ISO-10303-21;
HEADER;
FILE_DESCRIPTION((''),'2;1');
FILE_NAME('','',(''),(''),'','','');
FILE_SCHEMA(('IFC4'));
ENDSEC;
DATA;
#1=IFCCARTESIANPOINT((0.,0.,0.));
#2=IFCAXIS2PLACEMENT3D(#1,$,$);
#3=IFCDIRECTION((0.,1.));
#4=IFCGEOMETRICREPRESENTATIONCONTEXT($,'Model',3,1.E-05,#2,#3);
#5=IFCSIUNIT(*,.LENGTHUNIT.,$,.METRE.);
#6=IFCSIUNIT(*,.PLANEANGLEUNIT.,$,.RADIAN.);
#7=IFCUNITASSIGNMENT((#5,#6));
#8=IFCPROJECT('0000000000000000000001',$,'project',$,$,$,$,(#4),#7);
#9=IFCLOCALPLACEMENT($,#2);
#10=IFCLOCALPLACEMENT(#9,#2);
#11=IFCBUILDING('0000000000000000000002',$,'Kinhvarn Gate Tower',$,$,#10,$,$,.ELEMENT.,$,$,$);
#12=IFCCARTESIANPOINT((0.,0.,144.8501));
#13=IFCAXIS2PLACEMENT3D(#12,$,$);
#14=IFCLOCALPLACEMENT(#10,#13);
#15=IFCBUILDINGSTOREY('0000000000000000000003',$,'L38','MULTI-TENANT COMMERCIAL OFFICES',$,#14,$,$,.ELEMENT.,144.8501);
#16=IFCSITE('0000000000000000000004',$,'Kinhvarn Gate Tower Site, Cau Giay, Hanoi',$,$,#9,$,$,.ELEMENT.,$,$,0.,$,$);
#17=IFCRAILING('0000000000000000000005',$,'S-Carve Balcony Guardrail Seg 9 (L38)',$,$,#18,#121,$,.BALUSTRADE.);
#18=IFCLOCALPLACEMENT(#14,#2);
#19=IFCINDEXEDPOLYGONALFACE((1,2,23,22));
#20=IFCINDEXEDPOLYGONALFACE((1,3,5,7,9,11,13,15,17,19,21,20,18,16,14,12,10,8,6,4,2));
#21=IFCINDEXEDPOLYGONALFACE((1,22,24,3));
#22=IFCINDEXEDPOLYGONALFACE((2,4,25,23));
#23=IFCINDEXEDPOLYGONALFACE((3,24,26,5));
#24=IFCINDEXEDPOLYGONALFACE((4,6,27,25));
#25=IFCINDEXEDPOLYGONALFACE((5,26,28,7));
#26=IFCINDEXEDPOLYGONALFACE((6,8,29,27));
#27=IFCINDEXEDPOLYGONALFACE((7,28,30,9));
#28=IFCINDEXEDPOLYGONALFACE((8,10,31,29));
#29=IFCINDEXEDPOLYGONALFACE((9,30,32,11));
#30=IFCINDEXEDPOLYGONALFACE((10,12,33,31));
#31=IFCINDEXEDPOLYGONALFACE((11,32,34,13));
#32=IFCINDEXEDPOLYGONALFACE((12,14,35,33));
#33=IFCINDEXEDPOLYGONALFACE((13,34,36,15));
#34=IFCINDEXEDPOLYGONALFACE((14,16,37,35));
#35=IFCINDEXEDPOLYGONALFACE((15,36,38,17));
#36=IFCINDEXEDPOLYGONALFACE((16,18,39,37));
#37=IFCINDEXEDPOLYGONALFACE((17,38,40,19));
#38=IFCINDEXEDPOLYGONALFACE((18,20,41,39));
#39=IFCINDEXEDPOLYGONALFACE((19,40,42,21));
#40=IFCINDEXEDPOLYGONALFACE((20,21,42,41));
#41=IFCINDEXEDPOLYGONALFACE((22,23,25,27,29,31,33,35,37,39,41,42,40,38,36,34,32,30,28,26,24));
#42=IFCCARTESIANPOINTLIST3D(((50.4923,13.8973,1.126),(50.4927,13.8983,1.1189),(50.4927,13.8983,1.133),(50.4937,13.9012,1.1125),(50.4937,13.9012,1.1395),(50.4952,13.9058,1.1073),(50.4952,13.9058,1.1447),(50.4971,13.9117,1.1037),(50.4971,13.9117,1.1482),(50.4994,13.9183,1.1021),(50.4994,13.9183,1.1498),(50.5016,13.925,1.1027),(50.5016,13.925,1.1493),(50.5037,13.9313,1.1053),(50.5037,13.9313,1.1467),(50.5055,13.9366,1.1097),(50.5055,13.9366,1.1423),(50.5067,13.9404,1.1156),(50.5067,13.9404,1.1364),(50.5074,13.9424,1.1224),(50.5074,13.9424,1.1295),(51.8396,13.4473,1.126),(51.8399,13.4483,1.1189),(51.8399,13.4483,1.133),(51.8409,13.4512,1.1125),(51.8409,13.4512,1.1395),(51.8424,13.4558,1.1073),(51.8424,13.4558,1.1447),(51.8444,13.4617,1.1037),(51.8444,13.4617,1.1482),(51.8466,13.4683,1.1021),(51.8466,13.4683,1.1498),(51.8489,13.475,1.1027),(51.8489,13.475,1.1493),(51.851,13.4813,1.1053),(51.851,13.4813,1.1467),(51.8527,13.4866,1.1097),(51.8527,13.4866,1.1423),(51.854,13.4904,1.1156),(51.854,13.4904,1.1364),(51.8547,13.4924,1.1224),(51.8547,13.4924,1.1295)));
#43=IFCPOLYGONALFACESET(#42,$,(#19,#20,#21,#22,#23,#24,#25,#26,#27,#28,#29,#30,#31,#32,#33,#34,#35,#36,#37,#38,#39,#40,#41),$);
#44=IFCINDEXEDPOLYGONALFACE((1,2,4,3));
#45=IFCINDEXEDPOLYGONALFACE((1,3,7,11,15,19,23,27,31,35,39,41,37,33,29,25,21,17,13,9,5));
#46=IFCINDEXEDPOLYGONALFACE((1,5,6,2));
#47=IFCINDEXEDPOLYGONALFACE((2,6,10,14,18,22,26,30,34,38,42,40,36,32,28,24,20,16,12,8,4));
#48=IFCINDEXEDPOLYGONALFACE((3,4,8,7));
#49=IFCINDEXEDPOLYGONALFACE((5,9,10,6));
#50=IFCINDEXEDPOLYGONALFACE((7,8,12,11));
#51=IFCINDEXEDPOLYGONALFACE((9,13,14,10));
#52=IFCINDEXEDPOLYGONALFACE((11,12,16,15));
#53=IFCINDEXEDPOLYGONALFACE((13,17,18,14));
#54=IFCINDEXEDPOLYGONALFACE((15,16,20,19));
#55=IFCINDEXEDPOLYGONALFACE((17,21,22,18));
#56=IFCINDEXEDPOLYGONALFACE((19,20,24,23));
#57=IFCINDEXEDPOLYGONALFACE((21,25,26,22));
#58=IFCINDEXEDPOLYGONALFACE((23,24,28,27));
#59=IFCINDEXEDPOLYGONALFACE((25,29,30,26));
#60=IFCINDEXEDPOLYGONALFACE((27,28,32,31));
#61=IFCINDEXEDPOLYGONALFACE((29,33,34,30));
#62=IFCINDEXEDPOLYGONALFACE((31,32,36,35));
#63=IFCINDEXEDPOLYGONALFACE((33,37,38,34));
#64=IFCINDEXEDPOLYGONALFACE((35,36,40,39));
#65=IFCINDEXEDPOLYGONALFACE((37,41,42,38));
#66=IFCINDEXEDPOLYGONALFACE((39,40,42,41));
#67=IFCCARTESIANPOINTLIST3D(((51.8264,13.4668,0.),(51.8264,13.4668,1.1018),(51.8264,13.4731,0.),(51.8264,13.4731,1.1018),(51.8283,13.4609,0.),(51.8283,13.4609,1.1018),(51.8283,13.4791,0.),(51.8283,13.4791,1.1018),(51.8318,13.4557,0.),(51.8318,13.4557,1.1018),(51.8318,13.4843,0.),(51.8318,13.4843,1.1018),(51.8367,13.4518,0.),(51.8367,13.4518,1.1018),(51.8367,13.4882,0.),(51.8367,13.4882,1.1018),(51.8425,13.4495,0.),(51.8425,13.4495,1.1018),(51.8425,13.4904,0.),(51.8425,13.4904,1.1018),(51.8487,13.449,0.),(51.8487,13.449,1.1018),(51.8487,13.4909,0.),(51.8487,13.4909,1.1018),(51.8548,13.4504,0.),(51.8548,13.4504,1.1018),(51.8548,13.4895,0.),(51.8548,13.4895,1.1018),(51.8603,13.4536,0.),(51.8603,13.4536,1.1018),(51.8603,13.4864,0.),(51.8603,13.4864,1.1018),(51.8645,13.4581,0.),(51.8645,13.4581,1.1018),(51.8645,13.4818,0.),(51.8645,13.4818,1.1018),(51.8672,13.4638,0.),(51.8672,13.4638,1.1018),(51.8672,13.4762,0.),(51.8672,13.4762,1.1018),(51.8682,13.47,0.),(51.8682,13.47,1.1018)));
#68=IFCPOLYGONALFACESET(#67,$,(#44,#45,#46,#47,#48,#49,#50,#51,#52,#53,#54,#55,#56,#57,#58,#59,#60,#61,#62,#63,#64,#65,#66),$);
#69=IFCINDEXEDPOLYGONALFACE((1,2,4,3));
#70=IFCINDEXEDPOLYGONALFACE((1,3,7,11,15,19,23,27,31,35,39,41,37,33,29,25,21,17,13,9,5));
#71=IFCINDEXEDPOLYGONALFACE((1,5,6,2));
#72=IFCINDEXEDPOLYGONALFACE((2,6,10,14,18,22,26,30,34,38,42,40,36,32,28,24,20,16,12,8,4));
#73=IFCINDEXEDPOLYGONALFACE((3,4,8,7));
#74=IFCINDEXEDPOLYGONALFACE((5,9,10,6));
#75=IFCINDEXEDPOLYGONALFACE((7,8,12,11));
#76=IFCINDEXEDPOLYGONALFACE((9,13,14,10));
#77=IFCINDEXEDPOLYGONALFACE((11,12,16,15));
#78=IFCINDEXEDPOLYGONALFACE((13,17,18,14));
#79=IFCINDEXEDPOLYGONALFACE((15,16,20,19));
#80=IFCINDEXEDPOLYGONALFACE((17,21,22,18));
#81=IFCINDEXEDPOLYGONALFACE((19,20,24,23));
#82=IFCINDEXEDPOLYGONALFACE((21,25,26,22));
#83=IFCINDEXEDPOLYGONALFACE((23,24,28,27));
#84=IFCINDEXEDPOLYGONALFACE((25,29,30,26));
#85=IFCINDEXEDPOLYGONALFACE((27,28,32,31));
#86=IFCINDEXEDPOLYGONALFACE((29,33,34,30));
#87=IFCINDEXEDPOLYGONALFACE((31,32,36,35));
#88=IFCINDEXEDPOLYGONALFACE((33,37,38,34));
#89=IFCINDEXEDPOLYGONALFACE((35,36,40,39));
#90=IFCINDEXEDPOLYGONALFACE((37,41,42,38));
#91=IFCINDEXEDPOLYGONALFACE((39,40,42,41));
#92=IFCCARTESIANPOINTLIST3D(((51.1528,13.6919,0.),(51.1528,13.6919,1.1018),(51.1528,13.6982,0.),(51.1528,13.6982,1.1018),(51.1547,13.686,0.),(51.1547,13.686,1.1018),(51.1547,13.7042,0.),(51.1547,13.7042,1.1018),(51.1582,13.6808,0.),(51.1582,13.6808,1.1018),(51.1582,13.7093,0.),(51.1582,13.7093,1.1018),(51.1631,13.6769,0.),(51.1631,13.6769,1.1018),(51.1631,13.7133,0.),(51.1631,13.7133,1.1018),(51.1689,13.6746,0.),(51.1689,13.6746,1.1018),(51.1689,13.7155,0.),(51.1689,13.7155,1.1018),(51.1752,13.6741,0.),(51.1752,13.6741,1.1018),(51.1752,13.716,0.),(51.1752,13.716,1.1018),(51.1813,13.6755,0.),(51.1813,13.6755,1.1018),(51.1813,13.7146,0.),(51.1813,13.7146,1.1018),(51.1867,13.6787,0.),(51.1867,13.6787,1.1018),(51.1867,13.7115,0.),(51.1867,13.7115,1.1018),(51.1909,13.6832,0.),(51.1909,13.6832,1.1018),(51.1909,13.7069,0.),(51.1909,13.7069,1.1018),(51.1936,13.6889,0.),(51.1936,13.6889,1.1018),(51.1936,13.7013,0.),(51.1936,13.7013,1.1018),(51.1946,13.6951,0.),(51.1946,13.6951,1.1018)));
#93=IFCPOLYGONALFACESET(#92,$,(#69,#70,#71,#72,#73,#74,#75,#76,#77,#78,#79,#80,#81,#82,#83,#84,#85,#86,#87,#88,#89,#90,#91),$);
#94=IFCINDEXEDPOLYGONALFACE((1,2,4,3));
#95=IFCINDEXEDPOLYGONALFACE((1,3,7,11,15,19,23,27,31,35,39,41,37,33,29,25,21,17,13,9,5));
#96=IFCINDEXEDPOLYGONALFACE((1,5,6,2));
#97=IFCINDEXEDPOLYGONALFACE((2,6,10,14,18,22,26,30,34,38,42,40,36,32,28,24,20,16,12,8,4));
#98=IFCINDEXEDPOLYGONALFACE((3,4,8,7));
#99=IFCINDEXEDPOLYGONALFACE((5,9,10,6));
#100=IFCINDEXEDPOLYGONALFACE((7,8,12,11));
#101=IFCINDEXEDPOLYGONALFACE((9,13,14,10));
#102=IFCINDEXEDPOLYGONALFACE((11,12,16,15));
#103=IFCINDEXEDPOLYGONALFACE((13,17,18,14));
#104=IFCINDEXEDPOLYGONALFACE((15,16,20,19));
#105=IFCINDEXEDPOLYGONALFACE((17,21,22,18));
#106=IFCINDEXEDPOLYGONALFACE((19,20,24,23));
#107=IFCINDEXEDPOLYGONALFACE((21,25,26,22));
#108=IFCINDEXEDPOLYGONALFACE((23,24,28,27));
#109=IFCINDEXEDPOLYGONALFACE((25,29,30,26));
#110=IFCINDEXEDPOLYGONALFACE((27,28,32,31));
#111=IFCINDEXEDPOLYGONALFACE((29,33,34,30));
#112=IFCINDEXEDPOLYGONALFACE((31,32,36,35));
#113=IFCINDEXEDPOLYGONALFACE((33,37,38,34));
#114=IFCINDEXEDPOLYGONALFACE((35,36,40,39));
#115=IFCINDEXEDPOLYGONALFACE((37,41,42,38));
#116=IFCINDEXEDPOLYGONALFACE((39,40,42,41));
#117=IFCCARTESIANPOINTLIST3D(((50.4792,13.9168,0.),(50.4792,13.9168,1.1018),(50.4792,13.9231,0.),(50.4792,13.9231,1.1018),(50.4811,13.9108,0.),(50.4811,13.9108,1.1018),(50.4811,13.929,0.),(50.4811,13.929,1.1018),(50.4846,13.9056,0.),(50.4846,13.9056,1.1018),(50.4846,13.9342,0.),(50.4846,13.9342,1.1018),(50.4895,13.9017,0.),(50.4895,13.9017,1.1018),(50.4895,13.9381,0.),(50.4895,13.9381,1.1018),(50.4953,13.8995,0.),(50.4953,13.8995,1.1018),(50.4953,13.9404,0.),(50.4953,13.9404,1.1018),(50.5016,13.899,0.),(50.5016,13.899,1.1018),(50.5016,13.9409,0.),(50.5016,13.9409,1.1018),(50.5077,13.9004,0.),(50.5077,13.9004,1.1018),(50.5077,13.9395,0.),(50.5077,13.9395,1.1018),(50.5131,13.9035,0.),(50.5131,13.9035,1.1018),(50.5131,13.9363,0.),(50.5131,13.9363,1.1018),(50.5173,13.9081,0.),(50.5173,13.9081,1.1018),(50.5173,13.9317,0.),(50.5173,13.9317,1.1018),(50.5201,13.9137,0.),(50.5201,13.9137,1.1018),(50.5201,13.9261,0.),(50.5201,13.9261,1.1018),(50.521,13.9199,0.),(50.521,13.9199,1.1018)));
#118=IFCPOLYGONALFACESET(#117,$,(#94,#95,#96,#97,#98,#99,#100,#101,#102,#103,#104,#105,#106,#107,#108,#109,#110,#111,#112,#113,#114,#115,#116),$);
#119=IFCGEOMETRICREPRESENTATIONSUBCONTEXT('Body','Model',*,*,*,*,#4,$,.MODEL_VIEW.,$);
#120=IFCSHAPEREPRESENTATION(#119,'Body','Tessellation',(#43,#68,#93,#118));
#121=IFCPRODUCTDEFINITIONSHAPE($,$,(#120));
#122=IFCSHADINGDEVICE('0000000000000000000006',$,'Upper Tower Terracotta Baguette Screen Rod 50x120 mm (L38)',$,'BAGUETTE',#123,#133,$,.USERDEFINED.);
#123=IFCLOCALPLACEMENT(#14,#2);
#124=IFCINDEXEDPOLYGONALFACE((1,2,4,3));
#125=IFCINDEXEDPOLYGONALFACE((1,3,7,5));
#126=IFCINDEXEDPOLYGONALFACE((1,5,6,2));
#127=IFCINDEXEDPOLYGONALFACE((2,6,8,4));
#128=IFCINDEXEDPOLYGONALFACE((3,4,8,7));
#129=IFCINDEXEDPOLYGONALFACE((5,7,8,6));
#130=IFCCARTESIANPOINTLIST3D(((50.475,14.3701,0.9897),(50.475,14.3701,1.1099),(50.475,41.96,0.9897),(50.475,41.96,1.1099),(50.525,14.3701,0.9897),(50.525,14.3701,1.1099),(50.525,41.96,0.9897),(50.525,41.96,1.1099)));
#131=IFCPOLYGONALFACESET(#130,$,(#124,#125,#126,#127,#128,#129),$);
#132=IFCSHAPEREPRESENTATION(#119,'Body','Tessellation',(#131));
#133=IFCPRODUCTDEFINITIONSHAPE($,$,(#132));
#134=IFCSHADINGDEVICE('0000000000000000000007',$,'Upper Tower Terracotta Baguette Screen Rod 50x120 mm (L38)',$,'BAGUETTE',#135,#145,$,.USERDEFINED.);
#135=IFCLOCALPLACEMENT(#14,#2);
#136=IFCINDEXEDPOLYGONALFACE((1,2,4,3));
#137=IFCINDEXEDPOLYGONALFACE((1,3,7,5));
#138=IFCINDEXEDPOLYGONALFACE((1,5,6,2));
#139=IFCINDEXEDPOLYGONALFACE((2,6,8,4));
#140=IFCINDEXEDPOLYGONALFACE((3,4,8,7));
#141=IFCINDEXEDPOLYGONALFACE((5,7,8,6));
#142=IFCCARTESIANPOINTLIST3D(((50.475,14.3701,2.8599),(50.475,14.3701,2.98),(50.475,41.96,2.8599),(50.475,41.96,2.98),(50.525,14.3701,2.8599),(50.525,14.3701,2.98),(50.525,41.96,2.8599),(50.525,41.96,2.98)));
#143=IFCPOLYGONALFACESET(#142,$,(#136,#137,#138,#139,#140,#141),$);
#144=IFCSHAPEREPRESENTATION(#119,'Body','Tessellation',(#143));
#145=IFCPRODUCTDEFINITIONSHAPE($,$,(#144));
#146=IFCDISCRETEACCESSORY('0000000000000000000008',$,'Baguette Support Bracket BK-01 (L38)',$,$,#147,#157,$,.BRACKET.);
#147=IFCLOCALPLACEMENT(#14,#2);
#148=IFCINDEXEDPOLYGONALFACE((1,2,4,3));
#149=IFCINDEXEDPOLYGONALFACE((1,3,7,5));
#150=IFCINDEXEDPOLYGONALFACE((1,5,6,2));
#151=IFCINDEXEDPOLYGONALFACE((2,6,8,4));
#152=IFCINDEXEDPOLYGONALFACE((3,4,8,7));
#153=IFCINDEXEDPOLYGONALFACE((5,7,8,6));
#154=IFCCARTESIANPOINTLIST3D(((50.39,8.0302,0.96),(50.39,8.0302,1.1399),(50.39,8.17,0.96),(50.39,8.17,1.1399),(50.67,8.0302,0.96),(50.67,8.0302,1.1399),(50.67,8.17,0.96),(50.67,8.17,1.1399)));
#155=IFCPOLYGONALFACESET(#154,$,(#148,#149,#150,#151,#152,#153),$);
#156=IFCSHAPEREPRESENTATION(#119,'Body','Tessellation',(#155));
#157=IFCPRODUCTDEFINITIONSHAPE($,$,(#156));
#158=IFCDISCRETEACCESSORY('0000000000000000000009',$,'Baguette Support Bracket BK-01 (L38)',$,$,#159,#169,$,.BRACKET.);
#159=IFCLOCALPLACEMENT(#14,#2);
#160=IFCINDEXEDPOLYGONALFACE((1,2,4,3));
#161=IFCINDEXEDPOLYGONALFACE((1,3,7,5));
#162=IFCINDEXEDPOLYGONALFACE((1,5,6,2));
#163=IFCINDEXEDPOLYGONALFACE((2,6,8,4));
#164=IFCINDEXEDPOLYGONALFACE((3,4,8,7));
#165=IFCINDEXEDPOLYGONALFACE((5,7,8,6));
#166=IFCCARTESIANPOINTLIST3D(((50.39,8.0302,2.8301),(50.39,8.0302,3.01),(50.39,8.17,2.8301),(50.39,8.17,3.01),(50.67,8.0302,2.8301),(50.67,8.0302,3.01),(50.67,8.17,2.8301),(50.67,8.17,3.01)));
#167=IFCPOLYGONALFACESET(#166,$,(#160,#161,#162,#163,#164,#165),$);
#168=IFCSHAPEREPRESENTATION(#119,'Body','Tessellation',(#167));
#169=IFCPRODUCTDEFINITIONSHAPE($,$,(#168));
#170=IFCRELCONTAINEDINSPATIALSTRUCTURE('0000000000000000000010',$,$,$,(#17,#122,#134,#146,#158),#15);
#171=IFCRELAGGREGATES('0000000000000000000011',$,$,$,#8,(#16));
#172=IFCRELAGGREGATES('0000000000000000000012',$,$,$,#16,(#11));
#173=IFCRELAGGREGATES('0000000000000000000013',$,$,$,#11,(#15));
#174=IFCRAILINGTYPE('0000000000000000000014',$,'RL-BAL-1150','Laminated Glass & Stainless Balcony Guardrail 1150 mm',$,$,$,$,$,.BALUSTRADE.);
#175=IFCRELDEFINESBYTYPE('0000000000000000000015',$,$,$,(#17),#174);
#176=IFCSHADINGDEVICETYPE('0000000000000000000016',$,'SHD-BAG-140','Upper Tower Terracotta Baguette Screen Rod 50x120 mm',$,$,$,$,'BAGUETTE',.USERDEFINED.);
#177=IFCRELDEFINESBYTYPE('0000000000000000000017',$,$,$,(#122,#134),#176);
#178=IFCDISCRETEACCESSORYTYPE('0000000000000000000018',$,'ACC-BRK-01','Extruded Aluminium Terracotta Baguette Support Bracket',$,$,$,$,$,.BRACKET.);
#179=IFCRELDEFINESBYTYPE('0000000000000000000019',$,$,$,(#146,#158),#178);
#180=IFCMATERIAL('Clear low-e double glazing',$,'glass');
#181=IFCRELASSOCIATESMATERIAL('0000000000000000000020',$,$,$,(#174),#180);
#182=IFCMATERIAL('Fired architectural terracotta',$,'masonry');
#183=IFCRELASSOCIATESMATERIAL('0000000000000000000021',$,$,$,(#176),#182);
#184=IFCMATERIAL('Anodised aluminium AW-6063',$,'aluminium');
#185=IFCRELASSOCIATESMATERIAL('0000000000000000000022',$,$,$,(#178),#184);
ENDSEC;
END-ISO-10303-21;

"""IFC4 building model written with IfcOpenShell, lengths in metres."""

from ifc_helpers import new_model, si_unit, direction, frame, origin, origin_2d, place, context, subcontext, project, spatial, rectangle, circle, extrude, material, material_profile, profile_set, type_object, element, save


model = new_model("IFC4")

# Units and contexts
model_context = context("Model", 3, precision=1e-05, world=origin(), true_north=direction((0.0, 1.0)))
body_context = subcontext(model_context, "Body", "Model", "MODEL_VIEW")
ifc_project = project(units=[si_unit("LENGTHUNIT", "METRE"), si_unit("PLANEANGLEUNIT", "RADIAN")], contexts=[model_context])

# Site, building, storey
site_placement = place(None, origin())
site = spatial("IfcSite", under=ifc_project, at=site_placement, Name="Kinhvarn Gate Tower Site, Cau Giay, Hanoi", CompositionType="ELEMENT", RefElevation=0.0)
building_placement = place(site_placement, origin())
building = spatial("IfcBuilding", under=site, at=building_placement, Name="Kinhvarn Gate Tower", CompositionType="ELEMENT")
storey_placement = place(building_placement, frame((0.0, 0.0, 144.8501)))
storey = spatial("IfcBuildingStorey", under=building, at=storey_placement, Name="L38", Description="MULTI-TENANT COMMERCIAL OFFICES", CompositionType="ELEMENT", Elevation=144.8501)

# Shared definitions
ifc_material_1 = material(Name="Anodised aluminium AW-6063", Category="aluminium")

# Shared definitions
ifc_material_2 = material(Name="Clear low-e double glazing", Category="glass")

# Shared definitions
ifc_material_3 = material(Name="Fired architectural terracotta", Category="masonry")

# Railing
railing_type = type_object("IfcRailingType", Name="RL-BAL-1150", Description="Laminated Glass & Stainless Balcony Guardrail 1150 mm", PredefinedType="BALUSTRADE", material=ifc_material_2)
railing_placement = place(storey_placement, frame((51.8472, 13.47, 0.0)))
element("IfcRailing", 1, at=railing_placement, inside=storey, type_object=railing_type, Name="S-Carve Balcony Guardrail Seg 9 (L38)", PredefinedType="BALUSTRADE", context=body_context, shape_type="SweptSolid", body=[
    extrude(circle(Radius=0.0239, at=origin_2d()), frame((0.0, 0.0, 1.126), z_axis=(-0.948494, 0.316795, 0.0), x_axis=(-0.316795, -0.948494, 0.0)), (0.0, 0.0, 1.0), 1.4204),
    extrude(circle(Radius=0.021, at=origin_2d()), origin(), (0.0, 0.0, 1.0), 1.1018),
    extrude(circle(Radius=0.021, at=origin_2d()), frame((-0.6736, 0.2251, 0.0)), (0.0, 0.0, 1.0), 1.1018),
    extrude(circle(Radius=0.021, at=origin_2d()), frame((-1.3472, 0.45, 0.0)), (0.0, 0.0, 1.0), 1.1018),
])

# Shading devices
ifc_material_profile_1 = material_profile(ifc_material_3, rectangle(XDim=0.05, YDim=0.1201, at=origin_2d()), Name="TC 50x120")
ifc_profile_set_1 = profile_set([ifc_material_profile_1], Name="Fired architectural terracotta")
shading_device_type = type_object("IfcShadingDeviceType", Name="SHD-BAG-140", Description="Upper Tower Terracotta Baguette Screen Rod 50x120 mm", ElementType="BAGUETTE", PredefinedType="USERDEFINED", material=ifc_profile_set_1)
for number, where, z_axis, x_axis, name in (
    (2, (50.5, 14.3701, 1.0498), (0.0, 1.0, 0.0), (-1.0, 0.0, 0.0), "Upper Tower Terracotta Baguette Screen Rod 50x120 mm (L38)"),
    (3, (50.5, 14.3701, 2.9199), (0.0, 1.0, 0.0), (-1.0, 0.0, 0.0), "Upper Tower Terracotta Baguette Screen Rod 50x120 mm (L38)"),
):
    element("IfcShadingDevice", number, at=place(storey_placement, frame(where, z_axis=z_axis, x_axis=x_axis)), inside=storey, type_object=shading_device_type, Name=name, ObjectType="BAGUETTE", PredefinedType="USERDEFINED", context=body_context, shape_type="SweptSolid", body=[
        extrude(rectangle(XDim=0.05, YDim=0.1201, at=origin_2d()), origin(), (0.0, 0.0, 1.0), 27.5898),
    ])

# Discrete accessories
discrete_accessory_type = type_object("IfcDiscreteAccessoryType", Name="ACC-BRK-01", Description="Extruded Aluminium Terracotta Baguette Support Bracket", PredefinedType="BRACKET", material=ifc_material_1)
for number, where, z_axis, x_axis, name in (
    (4, (50.53, 8.1001, 0.96), (0.0, 0.0, 1.0), (0.0, 1.0, 0.0), "Baguette Support Bracket BK-01 (L38)"),
    (5, (50.53, 8.1001, 2.8301), (0.0, 0.0, 1.0), (0.0, 1.0, 0.0), "Baguette Support Bracket BK-01 (L38)"),
):
    element("IfcDiscreteAccessory", number, at=place(storey_placement, frame(where, z_axis=z_axis, x_axis=x_axis)), inside=storey, type_object=discrete_accessory_type, Name=name, PredefinedType="BRACKET", context=body_context, shape_type="SweptSolid", body=[
        extrude(rectangle(XDim=0.1399, YDim=0.28, at=origin_2d()), origin(), (0.0, 0.0, 1.0), 0.1799),
    ])

save(model, "model.ifc")
